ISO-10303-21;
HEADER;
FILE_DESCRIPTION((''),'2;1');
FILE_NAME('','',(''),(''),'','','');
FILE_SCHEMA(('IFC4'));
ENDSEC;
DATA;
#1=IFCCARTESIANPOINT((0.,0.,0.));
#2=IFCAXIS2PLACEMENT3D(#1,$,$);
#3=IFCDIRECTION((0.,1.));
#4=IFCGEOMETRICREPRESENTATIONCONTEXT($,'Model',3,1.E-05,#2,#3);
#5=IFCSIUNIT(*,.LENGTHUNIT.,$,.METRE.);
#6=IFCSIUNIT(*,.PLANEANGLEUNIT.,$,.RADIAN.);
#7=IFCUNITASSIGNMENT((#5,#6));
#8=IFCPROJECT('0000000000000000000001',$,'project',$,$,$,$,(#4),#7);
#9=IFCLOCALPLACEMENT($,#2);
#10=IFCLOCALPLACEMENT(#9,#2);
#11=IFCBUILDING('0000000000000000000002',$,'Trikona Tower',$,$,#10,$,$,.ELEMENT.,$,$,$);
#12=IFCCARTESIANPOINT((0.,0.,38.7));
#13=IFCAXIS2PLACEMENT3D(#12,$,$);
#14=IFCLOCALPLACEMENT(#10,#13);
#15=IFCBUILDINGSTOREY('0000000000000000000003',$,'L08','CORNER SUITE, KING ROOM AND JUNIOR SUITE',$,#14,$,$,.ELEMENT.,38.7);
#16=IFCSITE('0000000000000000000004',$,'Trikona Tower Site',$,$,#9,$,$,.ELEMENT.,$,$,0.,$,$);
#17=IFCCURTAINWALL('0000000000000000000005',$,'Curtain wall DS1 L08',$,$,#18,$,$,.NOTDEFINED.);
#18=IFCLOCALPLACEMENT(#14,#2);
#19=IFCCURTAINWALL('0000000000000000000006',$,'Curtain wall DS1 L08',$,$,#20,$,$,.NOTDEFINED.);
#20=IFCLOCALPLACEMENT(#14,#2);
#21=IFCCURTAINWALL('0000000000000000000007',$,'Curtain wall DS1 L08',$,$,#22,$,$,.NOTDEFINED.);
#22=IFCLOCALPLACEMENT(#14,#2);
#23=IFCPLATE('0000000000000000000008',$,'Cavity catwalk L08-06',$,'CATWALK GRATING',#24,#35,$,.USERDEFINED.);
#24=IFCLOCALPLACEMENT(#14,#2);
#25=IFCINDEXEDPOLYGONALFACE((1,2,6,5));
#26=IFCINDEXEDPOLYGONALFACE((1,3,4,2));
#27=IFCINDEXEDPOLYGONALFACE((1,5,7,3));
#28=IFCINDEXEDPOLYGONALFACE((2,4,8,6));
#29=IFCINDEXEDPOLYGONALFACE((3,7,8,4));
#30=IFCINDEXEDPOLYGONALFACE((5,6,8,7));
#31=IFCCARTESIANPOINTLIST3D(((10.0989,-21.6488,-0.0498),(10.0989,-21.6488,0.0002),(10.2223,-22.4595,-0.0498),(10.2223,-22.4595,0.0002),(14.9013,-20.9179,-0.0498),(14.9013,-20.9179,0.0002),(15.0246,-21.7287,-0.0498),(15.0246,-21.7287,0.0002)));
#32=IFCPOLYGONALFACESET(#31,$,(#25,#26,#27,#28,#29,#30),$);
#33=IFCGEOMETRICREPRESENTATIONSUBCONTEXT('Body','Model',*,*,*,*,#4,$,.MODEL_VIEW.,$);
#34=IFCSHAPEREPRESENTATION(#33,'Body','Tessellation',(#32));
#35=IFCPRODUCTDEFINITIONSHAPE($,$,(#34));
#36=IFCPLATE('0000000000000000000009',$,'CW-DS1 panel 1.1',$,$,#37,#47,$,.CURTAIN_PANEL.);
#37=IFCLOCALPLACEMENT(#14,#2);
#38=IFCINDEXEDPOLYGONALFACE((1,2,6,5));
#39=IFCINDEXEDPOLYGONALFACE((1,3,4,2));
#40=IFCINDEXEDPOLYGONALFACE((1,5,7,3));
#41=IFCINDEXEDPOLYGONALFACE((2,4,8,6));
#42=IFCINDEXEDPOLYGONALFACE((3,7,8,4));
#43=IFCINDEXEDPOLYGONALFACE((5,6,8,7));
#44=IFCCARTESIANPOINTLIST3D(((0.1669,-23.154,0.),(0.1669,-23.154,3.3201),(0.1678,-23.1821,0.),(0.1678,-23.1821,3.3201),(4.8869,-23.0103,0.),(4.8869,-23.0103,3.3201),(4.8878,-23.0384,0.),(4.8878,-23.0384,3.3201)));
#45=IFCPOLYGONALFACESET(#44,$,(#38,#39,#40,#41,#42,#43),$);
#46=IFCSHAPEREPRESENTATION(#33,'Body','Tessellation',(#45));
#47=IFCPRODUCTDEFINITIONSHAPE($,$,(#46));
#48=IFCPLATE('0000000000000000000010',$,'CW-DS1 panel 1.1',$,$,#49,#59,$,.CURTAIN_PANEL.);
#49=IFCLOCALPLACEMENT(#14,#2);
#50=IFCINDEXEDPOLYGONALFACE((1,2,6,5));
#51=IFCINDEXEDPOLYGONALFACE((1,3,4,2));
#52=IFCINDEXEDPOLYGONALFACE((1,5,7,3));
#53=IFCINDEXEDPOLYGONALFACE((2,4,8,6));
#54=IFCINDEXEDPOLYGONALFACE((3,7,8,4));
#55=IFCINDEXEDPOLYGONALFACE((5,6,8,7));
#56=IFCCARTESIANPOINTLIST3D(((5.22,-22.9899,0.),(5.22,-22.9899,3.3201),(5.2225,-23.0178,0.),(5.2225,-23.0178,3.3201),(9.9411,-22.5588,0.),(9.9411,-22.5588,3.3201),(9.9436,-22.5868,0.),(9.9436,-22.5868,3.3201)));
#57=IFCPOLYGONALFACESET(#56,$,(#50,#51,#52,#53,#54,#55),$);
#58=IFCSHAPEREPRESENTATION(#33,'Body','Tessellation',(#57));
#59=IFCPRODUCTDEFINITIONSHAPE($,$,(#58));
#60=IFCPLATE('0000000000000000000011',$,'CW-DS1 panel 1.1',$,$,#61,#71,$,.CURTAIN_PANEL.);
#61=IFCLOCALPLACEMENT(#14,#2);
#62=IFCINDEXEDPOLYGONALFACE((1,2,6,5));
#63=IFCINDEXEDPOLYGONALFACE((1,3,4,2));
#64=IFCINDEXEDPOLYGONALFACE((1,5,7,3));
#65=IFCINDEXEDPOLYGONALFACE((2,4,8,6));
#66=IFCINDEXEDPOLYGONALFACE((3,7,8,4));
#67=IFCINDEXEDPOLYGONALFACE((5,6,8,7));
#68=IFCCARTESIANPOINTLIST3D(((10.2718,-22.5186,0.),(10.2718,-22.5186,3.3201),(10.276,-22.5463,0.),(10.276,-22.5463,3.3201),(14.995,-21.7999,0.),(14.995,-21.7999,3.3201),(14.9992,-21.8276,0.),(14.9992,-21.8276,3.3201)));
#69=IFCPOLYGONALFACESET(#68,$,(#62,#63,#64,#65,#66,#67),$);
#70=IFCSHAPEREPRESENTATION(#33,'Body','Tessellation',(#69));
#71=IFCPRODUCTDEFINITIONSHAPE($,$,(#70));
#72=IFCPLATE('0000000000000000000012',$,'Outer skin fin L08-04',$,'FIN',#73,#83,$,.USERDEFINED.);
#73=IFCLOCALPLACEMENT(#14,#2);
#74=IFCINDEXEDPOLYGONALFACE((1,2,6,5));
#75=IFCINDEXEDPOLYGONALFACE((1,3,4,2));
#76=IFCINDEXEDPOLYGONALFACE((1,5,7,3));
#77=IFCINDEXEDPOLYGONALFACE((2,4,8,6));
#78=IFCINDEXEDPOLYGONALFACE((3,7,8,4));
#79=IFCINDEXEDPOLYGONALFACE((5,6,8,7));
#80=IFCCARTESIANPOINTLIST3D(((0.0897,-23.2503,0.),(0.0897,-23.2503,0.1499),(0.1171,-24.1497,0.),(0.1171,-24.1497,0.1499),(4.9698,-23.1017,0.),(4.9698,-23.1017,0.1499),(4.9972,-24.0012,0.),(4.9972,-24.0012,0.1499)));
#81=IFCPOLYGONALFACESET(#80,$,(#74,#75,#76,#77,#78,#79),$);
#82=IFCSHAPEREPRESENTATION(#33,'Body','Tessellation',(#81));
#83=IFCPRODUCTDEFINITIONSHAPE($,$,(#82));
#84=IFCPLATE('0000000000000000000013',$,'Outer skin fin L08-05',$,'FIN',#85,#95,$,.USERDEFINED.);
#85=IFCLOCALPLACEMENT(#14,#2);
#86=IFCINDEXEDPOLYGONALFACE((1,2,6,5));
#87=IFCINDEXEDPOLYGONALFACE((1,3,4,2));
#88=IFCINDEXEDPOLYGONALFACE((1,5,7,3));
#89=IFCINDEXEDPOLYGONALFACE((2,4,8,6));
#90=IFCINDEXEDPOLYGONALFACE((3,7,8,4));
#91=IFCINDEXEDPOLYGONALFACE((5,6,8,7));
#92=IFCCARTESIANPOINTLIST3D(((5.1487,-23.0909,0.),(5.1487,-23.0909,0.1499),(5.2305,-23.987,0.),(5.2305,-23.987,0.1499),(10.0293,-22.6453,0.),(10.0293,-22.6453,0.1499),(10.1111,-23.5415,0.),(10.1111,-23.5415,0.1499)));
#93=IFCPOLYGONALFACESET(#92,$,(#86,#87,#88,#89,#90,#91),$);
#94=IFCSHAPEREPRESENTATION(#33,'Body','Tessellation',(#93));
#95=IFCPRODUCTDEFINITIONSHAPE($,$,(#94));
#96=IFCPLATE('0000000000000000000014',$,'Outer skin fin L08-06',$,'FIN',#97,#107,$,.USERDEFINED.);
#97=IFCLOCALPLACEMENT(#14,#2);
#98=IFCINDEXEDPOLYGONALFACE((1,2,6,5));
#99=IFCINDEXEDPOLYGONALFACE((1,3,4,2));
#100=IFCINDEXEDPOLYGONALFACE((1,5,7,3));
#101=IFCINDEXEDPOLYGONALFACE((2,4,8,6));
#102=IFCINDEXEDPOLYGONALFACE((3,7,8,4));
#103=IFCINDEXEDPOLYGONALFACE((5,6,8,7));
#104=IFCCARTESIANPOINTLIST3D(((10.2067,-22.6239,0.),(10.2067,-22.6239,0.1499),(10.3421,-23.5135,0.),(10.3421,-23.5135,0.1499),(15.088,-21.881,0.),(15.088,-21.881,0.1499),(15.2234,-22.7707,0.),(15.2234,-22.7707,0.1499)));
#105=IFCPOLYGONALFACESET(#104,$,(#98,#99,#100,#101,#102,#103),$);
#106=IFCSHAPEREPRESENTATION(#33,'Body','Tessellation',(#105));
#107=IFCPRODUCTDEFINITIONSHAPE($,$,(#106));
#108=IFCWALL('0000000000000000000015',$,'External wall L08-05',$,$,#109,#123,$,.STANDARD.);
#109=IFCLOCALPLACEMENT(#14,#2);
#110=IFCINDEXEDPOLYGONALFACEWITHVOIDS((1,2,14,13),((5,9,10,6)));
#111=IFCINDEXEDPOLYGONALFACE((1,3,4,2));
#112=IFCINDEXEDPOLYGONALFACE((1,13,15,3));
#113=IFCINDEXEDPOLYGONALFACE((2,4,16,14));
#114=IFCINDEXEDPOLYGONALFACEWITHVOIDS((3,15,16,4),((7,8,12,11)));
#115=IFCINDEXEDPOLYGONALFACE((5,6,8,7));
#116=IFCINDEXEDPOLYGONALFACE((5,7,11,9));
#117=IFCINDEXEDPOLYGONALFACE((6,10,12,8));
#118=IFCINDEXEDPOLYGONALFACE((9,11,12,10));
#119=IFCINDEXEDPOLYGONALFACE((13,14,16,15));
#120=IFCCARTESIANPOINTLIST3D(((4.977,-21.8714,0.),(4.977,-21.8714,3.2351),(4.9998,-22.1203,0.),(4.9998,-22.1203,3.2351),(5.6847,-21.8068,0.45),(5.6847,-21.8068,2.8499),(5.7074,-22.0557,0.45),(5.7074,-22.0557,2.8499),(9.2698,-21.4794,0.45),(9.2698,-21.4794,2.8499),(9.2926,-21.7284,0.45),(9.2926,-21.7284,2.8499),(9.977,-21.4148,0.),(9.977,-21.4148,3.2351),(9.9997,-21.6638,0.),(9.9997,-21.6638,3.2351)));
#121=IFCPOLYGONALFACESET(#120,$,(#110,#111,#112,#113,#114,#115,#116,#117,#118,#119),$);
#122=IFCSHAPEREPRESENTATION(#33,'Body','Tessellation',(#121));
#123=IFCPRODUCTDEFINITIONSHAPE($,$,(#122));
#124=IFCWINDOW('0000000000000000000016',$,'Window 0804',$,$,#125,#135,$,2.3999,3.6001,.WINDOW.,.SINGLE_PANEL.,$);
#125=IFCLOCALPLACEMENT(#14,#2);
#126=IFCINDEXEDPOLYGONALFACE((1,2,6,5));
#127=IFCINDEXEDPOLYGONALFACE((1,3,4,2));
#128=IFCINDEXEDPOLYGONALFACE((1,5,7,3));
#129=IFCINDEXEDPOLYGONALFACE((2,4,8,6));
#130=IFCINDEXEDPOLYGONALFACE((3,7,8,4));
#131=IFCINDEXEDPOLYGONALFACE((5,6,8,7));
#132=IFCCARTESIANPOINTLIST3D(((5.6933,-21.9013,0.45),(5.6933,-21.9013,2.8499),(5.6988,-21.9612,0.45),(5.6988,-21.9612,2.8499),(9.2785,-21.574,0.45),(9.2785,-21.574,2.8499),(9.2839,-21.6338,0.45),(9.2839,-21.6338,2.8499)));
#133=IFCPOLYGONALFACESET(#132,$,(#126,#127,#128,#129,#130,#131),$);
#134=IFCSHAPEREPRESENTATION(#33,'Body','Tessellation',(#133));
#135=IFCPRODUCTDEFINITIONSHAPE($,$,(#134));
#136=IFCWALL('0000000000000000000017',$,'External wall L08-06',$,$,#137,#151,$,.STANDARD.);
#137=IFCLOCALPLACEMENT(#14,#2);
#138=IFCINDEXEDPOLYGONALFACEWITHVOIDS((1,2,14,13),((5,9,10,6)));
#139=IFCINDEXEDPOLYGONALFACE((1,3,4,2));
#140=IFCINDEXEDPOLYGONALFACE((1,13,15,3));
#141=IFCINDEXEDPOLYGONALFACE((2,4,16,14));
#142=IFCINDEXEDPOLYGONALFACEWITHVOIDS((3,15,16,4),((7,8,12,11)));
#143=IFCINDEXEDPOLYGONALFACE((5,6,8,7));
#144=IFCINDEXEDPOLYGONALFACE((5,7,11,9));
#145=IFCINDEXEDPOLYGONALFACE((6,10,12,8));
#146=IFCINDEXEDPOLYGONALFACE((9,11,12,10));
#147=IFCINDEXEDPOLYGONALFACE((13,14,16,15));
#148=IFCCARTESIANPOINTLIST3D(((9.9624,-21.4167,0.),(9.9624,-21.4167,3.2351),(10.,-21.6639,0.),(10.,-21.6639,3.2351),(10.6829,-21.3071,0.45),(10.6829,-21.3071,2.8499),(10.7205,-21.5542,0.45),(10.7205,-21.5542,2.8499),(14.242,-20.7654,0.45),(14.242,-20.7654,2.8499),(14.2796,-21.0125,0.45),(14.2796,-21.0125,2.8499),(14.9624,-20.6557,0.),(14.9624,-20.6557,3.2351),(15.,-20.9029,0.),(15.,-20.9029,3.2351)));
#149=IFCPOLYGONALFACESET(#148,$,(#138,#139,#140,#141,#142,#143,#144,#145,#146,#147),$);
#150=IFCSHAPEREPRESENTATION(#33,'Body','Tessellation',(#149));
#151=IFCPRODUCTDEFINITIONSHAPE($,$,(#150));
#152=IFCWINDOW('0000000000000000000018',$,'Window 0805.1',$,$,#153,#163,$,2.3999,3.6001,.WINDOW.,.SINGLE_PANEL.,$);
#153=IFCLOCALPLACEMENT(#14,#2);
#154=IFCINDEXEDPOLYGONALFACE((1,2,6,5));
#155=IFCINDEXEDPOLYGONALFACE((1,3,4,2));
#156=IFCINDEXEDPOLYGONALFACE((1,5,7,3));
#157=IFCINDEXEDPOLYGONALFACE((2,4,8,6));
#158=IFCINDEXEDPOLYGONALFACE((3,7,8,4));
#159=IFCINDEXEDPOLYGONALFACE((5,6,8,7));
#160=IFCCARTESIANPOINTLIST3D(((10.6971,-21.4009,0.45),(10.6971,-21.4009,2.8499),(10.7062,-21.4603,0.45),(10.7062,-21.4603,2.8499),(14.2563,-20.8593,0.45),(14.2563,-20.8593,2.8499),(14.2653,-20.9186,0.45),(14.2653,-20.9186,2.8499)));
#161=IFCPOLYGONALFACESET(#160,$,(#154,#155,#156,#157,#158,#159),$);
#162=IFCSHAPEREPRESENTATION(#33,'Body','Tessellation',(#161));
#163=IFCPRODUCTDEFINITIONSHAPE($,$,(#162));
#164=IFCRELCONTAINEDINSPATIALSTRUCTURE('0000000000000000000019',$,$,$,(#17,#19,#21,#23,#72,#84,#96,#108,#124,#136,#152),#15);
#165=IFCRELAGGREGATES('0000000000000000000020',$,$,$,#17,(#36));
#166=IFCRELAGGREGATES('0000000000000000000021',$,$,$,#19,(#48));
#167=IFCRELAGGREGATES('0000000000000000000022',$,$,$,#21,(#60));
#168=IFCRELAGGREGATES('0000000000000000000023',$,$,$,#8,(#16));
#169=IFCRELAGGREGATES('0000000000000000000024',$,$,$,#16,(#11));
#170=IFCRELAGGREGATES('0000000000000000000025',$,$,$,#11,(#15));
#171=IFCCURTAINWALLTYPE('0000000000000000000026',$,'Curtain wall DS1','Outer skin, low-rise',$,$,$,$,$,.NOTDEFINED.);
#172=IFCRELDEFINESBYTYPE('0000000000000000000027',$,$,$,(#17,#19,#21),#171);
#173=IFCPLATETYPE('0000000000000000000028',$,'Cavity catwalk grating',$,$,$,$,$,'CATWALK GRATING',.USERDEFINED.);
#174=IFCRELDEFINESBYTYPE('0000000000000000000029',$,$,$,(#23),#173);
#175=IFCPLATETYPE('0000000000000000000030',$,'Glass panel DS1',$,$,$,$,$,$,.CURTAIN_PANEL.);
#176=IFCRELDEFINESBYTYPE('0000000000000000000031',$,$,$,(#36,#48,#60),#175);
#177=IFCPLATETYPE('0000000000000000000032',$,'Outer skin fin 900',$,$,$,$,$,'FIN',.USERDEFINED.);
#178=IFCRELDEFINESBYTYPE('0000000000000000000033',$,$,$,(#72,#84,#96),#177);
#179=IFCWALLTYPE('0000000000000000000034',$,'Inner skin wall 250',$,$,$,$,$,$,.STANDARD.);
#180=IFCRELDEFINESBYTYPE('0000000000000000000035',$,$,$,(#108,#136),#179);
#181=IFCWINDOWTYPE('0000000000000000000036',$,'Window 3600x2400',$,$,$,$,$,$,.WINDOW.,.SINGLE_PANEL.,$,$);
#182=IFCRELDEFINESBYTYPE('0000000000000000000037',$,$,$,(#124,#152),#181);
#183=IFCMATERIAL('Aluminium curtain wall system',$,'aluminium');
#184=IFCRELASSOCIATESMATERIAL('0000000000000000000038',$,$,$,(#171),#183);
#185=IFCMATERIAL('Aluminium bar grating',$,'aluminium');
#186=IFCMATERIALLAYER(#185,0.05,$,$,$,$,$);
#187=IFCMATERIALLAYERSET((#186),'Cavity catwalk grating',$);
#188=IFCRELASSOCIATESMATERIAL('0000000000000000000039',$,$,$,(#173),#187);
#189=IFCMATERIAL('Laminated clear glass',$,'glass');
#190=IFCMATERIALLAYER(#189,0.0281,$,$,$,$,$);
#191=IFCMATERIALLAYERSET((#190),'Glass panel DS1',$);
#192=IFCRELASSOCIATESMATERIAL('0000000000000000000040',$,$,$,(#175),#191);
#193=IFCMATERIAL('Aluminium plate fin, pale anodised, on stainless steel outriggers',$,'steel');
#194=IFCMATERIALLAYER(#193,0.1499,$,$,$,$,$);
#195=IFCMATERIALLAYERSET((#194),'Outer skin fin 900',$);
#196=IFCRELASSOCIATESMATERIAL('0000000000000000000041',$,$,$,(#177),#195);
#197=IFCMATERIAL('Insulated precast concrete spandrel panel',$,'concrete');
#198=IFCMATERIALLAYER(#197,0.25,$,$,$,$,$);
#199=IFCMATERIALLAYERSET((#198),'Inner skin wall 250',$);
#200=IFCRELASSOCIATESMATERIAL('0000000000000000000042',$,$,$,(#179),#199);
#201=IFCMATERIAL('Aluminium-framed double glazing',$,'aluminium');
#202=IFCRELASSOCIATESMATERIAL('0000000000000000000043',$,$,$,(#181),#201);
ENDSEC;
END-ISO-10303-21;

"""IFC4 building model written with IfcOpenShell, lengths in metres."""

from ifc_helpers import new_model, si_unit, direction, frame, frame_2d, origin, origin_2d, place, context, subcontext, project, spatial, rectangle, extrude, material, layer, layer_set, type_object, element, fill, aggregate, save


model = new_model("IFC4")

# Units and contexts
model_context = context("Model", 3, precision=1e-05, world=origin(), true_north=direction((0.0, 1.0)))
body_context = subcontext(model_context, "Body", "Model", "MODEL_VIEW")
ifc_project = project(units=[si_unit("LENGTHUNIT", "METRE"), si_unit("PLANEANGLEUNIT", "RADIAN")], contexts=[model_context])

# Site, building, storey
site_placement = place(None, origin())
site = spatial("IfcSite", under=ifc_project, at=site_placement, Name="Trikona Tower Site", CompositionType="ELEMENT", RefElevation=0.0)
building_placement = place(site_placement, origin())
building = spatial("IfcBuilding", under=site, at=building_placement, Name="Trikona Tower", CompositionType="ELEMENT")
storey_placement = place(building_placement, frame((0.0, 0.0, 38.7)))
storey = spatial("IfcBuildingStorey", under=building, at=storey_placement, Name="L08", Description="CORNER SUITE, KING ROOM AND JUNIOR SUITE", CompositionType="ELEMENT", Elevation=38.7)

# Curtain walls
ifc_material_1 = material(Name="Aluminium curtain wall system", Category="aluminium")
curtain_wall_type = type_object("IfcCurtainWallType", Name="Curtain wall DS1", Description="Outer skin, low-rise", PredefinedType="NOTDEFINED", material=ifc_material_1)
curtain_wall_1_placement = place(storey_placement, origin())
curtain_wall_1 = element("IfcCurtainWall", 1, at=curtain_wall_1_placement, inside=storey, type_object=curtain_wall_type, Name="Curtain wall DS1 L08", PredefinedType="NOTDEFINED")
curtain_wall_2_placement = place(storey_placement, origin())
curtain_wall_2 = element("IfcCurtainWall", 2, at=curtain_wall_2_placement, inside=storey, type_object=curtain_wall_type, Name="Curtain wall DS1 L08", PredefinedType="NOTDEFINED")

# Curtain wall
curtain_wall_3_placement = place(storey_placement, origin())
curtain_wall_3 = element("IfcCurtainWall", 3, at=curtain_wall_3_placement, inside=storey, type_object=curtain_wall_type, Name="Curtain wall DS1 L08", PredefinedType="NOTDEFINED")

# Plate
ifc_material_2 = material(Name="Aluminium bar grating", Category="aluminium")
ifc_layer_1 = layer(ifc_material_2, 0.05)
ifc_layer_set_1 = layer_set([ifc_layer_1], Name="Cavity catwalk grating")
plate_type_1 = type_object("IfcPlateType", Name="Cavity catwalk grating", ElementType="CATWALK GRATING", PredefinedType="USERDEFINED", material=ifc_layer_set_1)
plate_1_placement = place(storey_placement, frame((12.5618, -21.6887, -0.0498), z_axis=(0.0, 0.0, 1.0), x_axis=(0.988618, 0.150448, 0.0)))
element("IfcPlate", 4, at=plate_1_placement, inside=storey, type_object=plate_type_1, Name="Cavity catwalk L08-06", ObjectType="CATWALK GRATING", PredefinedType="USERDEFINED", context=body_context, shape_type="SweptSolid", body=[
    extrude(rectangle(XDim=4.8577, YDim=0.8201, at=origin_2d()), origin(), (0.0, 0.0, 1.0), 0.05),
])

# Plates
ifc_material_3 = material(Name="Laminated clear glass", Category="glass")
ifc_layer_2 = layer(ifc_material_3, 0.0281)
ifc_layer_set_2 = layer_set([ifc_layer_2], Name="Glass panel DS1")
plate_type_2 = type_object("IfcPlateType", Name="Glass panel DS1", PredefinedType="CURTAIN_PANEL", material=ifc_layer_set_2)
plate_2_placement = place(storey_placement, frame((2.5273, -23.0962, 0.0), z_axis=(0.0, 0.0, 1.0), x_axis=(0.999537, 0.030437, 0.0)))
plate_2 = element("IfcPlate", 5, at=plate_2_placement, type_object=plate_type_2, Name="CW-DS1 panel 1.1", PredefinedType="CURTAIN_PANEL", context=body_context, shape_type="SweptSolid", body=[
    extrude(rectangle(XDim=4.7222, YDim=0.0281, at=origin_2d()), origin(), (0.0, 0.0, 1.0), 3.3201),
])
aggregate(curtain_wall_1, [plate_2])
plate_3_placement = place(storey_placement, frame((7.5818, -22.7883, 0.0), z_axis=(0.0, 0.0, 1.0), x_axis=(0.995858, 0.090924, 0.0)))
plate_3 = element("IfcPlate", 6, at=plate_3_placement, type_object=plate_type_2, Name="CW-DS1 panel 1.1", PredefinedType="CURTAIN_PANEL", context=body_context, shape_type="SweptSolid", body=[
    extrude(rectangle(XDim=4.7407, YDim=0.0281, at=origin_2d()), origin(), (0.0, 0.0, 1.0), 3.3201),
])
aggregate(curtain_wall_2, [plate_3])
plate_4_placement = place(storey_placement, frame((12.6355, -22.1731, 0.0), z_axis=(0.0, 0.0, 1.0), x_axis=(0.988619, 0.150438, 0.0)))
plate_4 = element("IfcPlate", 7, at=plate_4_placement, type_object=plate_type_2, Name="CW-DS1 panel 1.1", PredefinedType="CURTAIN_PANEL", context=body_context, shape_type="SweptSolid", body=[
    extrude(rectangle(XDim=4.7776, YDim=0.0281, at=origin_2d()), origin(), (0.0, 0.0, 1.0), 3.3201),
])
aggregate(curtain_wall_3, [plate_4])

# Plates
ifc_material_4 = material(Name="Aluminium plate fin, pale anodised, on stainless steel outriggers", Category="steel")
ifc_layer_3 = layer(ifc_material_4, 0.1499)
ifc_layer_set_3 = layer_set([ifc_layer_3], Name="Outer skin fin 900")
plate_type_3 = type_object("IfcPlateType", Name="Outer skin fin 900", ElementType="FIN", PredefinedType="USERDEFINED", material=ifc_layer_set_3)
plate_5_placement = place(storey_placement, frame((2.5435, -23.6257, 0.0), z_axis=(0.0, 0.0, 1.0), x_axis=(0.999537, 0.030425, 0.0)))
element("IfcPlate", 8, at=plate_5_placement, inside=storey, type_object=plate_type_3, Name="Outer skin fin L08-04", ObjectType="FIN", PredefinedType="USERDEFINED", context=body_context, shape_type="SweptSolid", body=[
    extrude(rectangle(XDim=4.8823, YDim=0.8999, at=origin_2d()), origin(), (0.0, 0.0, 1.0), 0.1499),
])
plate_6_placement = place(storey_placement, frame((7.6299, -23.3162, 0.0), z_axis=(0.0, 0.0, 1.0), x_axis=(0.995858, 0.090921, 0.0)))
element("IfcPlate", 9, at=plate_6_placement, inside=storey, type_object=plate_type_3, Name="Outer skin fin L08-05", ObjectType="FIN", PredefinedType="USERDEFINED", context=body_context, shape_type="SweptSolid", body=[
    extrude(rectangle(XDim=4.9009, YDim=0.8999, at=origin_2d()), origin(), (0.0, 0.0, 1.0), 0.1499),
])
plate_7_placement = place(storey_placement, frame((12.7151, -22.6973, 0.0), z_axis=(0.0, 0.0, 1.0), x_axis=(0.988618, 0.150448, 0.0)))
element("IfcPlate", 10, at=plate_7_placement, inside=storey, type_object=plate_type_3, Name="Outer skin fin L08-06", ObjectType="FIN", PredefinedType="USERDEFINED", context=body_context, shape_type="SweptSolid", body=[
    extrude(rectangle(XDim=4.9375, YDim=0.8999, at=origin_2d()), origin(), (0.0, 0.0, 1.0), 0.1499),
])

# Walls, openings, windows
ifc_material_5 = material(Name="Insulated precast concrete spandrel panel", Category="concrete")
ifc_layer_4 = layer(ifc_material_5, 0.25)
ifc_layer_set_4 = layer_set([ifc_layer_4], Name="Inner skin wall 250")
wall_type = type_object("IfcWallType", Name="Inner skin wall 250", PredefinedType="STANDARD", material=ifc_layer_set_4)
wall_1_placement = place(storey_placement, frame((4.9885, -21.9958, 0.0), z_axis=(0.0, 0.0, 1.0), x_axis=(0.995857, 0.09093, 0.0)))
wall_1 = element("IfcWall", 11, at=wall_1_placement, inside=storey, type_object=wall_type, Name="External wall L08-05", PredefinedType="STANDARD", context=body_context, shape_type="SweptSolid", body=[
    extrude(rectangle(XDim=5.0208, YDim=0.25, at=frame_2d((2.5103, 0.0))), origin(), (0.0, 0.0, 1.0), 3.2351),
])
opening_1_placement = place(wall_1_placement, frame((0.7104, 0.0, 0.45)))
opening_1 = element("IfcOpeningElement", 12, at=opening_1_placement, cuts=wall_1, PredefinedType="OPENING", context=body_context, shape_type="SweptSolid", body=[
    extrude(rectangle(XDim=3.6001, YDim=2.3999, at=frame_2d((1.8, 1.2))), frame((0.0, 0.135, 0.0), z_axis=(0.0, -1.0, 0.0), x_axis=(1.0, 0.0, 0.0)), (0.0, 0.0, 1.0), 0.27),
])
ifc_material_6 = material(Name="Aluminium-framed double glazing", Category="aluminium")
window_type_1 = type_object("IfcWindowType", Name="Window 3600x2400", PartitioningType="SINGLE_PANEL", PredefinedType="WINDOW", material=ifc_material_6)
window_1_placement = place(opening_1_placement, origin())
window_1 = element("IfcWindow", 13, at=window_1_placement, inside=storey, type_object=window_type_1, Name="Window 0804", OverallHeight=2.3999, OverallWidth=3.6001, PartitioningType="SINGLE_PANEL", PredefinedType="WINDOW", context=body_context, shape_type="SweptSolid", body=[
    extrude(rectangle(XDim=3.6001, YDim=2.3999, at=frame_2d((1.8, 1.2))), frame((0.0, 0.03, 0.0), z_axis=(0.0, -1.0, 0.0), x_axis=(1.0, 0.0, 0.0)), (0.0, 0.0, 1.0), 0.0601),
])
fill(opening_1, window_1)
wall_2_placement = place(storey_placement, frame((9.9812, -21.5403, 0.0), z_axis=(0.0, 0.0, 1.0), x_axis=(0.988615, 0.150465, 0.0)))
wall_2 = element("IfcWall", 14, at=wall_2_placement, inside=storey, type_object=wall_type, Name="External wall L08-06", PredefinedType="STANDARD", context=body_context, shape_type="SweptSolid", body=[
    extrude(rectangle(XDim=5.0576, YDim=0.25, at=frame_2d((2.5288, 0.0))), origin(), (0.0, 0.0, 1.0), 3.2351),
])
opening_2_placement = place(wall_2_placement, frame((0.7288, 0.0, 0.45)))
opening_2 = element("IfcOpeningElement", 15, at=opening_2_placement, cuts=wall_2, PredefinedType="OPENING", context=body_context, shape_type="SweptSolid", body=[
    extrude(rectangle(XDim=3.6001, YDim=2.3999, at=frame_2d((1.8, 1.2))), frame((0.0, 0.135, 0.0), z_axis=(0.0, -1.0, 0.0), x_axis=(1.0, 0.0, 0.0)), (0.0, 0.0, 1.0), 0.27),
])
window_2_placement = place(opening_2_placement, origin())
window_2 = element("IfcWindow", 16, at=window_2_placement, inside=storey, type_object=window_type_1, Name="Window 0805.1", OverallHeight=2.3999, OverallWidth=3.6001, PartitioningType="SINGLE_PANEL", PredefinedType="WINDOW", context=body_context, shape_type="SweptSolid", body=[
    extrude(rectangle(XDim=3.6001, YDim=2.3999, at=frame_2d((1.8, 1.2))), frame((0.0, 0.03, 0.0), z_axis=(0.0, -1.0, 0.0), x_axis=(1.0, 0.0, 0.0)), (0.0, 0.0, 1.0), 0.0601),
])
fill(opening_2, window_2)

save(model, "model.ifc")
